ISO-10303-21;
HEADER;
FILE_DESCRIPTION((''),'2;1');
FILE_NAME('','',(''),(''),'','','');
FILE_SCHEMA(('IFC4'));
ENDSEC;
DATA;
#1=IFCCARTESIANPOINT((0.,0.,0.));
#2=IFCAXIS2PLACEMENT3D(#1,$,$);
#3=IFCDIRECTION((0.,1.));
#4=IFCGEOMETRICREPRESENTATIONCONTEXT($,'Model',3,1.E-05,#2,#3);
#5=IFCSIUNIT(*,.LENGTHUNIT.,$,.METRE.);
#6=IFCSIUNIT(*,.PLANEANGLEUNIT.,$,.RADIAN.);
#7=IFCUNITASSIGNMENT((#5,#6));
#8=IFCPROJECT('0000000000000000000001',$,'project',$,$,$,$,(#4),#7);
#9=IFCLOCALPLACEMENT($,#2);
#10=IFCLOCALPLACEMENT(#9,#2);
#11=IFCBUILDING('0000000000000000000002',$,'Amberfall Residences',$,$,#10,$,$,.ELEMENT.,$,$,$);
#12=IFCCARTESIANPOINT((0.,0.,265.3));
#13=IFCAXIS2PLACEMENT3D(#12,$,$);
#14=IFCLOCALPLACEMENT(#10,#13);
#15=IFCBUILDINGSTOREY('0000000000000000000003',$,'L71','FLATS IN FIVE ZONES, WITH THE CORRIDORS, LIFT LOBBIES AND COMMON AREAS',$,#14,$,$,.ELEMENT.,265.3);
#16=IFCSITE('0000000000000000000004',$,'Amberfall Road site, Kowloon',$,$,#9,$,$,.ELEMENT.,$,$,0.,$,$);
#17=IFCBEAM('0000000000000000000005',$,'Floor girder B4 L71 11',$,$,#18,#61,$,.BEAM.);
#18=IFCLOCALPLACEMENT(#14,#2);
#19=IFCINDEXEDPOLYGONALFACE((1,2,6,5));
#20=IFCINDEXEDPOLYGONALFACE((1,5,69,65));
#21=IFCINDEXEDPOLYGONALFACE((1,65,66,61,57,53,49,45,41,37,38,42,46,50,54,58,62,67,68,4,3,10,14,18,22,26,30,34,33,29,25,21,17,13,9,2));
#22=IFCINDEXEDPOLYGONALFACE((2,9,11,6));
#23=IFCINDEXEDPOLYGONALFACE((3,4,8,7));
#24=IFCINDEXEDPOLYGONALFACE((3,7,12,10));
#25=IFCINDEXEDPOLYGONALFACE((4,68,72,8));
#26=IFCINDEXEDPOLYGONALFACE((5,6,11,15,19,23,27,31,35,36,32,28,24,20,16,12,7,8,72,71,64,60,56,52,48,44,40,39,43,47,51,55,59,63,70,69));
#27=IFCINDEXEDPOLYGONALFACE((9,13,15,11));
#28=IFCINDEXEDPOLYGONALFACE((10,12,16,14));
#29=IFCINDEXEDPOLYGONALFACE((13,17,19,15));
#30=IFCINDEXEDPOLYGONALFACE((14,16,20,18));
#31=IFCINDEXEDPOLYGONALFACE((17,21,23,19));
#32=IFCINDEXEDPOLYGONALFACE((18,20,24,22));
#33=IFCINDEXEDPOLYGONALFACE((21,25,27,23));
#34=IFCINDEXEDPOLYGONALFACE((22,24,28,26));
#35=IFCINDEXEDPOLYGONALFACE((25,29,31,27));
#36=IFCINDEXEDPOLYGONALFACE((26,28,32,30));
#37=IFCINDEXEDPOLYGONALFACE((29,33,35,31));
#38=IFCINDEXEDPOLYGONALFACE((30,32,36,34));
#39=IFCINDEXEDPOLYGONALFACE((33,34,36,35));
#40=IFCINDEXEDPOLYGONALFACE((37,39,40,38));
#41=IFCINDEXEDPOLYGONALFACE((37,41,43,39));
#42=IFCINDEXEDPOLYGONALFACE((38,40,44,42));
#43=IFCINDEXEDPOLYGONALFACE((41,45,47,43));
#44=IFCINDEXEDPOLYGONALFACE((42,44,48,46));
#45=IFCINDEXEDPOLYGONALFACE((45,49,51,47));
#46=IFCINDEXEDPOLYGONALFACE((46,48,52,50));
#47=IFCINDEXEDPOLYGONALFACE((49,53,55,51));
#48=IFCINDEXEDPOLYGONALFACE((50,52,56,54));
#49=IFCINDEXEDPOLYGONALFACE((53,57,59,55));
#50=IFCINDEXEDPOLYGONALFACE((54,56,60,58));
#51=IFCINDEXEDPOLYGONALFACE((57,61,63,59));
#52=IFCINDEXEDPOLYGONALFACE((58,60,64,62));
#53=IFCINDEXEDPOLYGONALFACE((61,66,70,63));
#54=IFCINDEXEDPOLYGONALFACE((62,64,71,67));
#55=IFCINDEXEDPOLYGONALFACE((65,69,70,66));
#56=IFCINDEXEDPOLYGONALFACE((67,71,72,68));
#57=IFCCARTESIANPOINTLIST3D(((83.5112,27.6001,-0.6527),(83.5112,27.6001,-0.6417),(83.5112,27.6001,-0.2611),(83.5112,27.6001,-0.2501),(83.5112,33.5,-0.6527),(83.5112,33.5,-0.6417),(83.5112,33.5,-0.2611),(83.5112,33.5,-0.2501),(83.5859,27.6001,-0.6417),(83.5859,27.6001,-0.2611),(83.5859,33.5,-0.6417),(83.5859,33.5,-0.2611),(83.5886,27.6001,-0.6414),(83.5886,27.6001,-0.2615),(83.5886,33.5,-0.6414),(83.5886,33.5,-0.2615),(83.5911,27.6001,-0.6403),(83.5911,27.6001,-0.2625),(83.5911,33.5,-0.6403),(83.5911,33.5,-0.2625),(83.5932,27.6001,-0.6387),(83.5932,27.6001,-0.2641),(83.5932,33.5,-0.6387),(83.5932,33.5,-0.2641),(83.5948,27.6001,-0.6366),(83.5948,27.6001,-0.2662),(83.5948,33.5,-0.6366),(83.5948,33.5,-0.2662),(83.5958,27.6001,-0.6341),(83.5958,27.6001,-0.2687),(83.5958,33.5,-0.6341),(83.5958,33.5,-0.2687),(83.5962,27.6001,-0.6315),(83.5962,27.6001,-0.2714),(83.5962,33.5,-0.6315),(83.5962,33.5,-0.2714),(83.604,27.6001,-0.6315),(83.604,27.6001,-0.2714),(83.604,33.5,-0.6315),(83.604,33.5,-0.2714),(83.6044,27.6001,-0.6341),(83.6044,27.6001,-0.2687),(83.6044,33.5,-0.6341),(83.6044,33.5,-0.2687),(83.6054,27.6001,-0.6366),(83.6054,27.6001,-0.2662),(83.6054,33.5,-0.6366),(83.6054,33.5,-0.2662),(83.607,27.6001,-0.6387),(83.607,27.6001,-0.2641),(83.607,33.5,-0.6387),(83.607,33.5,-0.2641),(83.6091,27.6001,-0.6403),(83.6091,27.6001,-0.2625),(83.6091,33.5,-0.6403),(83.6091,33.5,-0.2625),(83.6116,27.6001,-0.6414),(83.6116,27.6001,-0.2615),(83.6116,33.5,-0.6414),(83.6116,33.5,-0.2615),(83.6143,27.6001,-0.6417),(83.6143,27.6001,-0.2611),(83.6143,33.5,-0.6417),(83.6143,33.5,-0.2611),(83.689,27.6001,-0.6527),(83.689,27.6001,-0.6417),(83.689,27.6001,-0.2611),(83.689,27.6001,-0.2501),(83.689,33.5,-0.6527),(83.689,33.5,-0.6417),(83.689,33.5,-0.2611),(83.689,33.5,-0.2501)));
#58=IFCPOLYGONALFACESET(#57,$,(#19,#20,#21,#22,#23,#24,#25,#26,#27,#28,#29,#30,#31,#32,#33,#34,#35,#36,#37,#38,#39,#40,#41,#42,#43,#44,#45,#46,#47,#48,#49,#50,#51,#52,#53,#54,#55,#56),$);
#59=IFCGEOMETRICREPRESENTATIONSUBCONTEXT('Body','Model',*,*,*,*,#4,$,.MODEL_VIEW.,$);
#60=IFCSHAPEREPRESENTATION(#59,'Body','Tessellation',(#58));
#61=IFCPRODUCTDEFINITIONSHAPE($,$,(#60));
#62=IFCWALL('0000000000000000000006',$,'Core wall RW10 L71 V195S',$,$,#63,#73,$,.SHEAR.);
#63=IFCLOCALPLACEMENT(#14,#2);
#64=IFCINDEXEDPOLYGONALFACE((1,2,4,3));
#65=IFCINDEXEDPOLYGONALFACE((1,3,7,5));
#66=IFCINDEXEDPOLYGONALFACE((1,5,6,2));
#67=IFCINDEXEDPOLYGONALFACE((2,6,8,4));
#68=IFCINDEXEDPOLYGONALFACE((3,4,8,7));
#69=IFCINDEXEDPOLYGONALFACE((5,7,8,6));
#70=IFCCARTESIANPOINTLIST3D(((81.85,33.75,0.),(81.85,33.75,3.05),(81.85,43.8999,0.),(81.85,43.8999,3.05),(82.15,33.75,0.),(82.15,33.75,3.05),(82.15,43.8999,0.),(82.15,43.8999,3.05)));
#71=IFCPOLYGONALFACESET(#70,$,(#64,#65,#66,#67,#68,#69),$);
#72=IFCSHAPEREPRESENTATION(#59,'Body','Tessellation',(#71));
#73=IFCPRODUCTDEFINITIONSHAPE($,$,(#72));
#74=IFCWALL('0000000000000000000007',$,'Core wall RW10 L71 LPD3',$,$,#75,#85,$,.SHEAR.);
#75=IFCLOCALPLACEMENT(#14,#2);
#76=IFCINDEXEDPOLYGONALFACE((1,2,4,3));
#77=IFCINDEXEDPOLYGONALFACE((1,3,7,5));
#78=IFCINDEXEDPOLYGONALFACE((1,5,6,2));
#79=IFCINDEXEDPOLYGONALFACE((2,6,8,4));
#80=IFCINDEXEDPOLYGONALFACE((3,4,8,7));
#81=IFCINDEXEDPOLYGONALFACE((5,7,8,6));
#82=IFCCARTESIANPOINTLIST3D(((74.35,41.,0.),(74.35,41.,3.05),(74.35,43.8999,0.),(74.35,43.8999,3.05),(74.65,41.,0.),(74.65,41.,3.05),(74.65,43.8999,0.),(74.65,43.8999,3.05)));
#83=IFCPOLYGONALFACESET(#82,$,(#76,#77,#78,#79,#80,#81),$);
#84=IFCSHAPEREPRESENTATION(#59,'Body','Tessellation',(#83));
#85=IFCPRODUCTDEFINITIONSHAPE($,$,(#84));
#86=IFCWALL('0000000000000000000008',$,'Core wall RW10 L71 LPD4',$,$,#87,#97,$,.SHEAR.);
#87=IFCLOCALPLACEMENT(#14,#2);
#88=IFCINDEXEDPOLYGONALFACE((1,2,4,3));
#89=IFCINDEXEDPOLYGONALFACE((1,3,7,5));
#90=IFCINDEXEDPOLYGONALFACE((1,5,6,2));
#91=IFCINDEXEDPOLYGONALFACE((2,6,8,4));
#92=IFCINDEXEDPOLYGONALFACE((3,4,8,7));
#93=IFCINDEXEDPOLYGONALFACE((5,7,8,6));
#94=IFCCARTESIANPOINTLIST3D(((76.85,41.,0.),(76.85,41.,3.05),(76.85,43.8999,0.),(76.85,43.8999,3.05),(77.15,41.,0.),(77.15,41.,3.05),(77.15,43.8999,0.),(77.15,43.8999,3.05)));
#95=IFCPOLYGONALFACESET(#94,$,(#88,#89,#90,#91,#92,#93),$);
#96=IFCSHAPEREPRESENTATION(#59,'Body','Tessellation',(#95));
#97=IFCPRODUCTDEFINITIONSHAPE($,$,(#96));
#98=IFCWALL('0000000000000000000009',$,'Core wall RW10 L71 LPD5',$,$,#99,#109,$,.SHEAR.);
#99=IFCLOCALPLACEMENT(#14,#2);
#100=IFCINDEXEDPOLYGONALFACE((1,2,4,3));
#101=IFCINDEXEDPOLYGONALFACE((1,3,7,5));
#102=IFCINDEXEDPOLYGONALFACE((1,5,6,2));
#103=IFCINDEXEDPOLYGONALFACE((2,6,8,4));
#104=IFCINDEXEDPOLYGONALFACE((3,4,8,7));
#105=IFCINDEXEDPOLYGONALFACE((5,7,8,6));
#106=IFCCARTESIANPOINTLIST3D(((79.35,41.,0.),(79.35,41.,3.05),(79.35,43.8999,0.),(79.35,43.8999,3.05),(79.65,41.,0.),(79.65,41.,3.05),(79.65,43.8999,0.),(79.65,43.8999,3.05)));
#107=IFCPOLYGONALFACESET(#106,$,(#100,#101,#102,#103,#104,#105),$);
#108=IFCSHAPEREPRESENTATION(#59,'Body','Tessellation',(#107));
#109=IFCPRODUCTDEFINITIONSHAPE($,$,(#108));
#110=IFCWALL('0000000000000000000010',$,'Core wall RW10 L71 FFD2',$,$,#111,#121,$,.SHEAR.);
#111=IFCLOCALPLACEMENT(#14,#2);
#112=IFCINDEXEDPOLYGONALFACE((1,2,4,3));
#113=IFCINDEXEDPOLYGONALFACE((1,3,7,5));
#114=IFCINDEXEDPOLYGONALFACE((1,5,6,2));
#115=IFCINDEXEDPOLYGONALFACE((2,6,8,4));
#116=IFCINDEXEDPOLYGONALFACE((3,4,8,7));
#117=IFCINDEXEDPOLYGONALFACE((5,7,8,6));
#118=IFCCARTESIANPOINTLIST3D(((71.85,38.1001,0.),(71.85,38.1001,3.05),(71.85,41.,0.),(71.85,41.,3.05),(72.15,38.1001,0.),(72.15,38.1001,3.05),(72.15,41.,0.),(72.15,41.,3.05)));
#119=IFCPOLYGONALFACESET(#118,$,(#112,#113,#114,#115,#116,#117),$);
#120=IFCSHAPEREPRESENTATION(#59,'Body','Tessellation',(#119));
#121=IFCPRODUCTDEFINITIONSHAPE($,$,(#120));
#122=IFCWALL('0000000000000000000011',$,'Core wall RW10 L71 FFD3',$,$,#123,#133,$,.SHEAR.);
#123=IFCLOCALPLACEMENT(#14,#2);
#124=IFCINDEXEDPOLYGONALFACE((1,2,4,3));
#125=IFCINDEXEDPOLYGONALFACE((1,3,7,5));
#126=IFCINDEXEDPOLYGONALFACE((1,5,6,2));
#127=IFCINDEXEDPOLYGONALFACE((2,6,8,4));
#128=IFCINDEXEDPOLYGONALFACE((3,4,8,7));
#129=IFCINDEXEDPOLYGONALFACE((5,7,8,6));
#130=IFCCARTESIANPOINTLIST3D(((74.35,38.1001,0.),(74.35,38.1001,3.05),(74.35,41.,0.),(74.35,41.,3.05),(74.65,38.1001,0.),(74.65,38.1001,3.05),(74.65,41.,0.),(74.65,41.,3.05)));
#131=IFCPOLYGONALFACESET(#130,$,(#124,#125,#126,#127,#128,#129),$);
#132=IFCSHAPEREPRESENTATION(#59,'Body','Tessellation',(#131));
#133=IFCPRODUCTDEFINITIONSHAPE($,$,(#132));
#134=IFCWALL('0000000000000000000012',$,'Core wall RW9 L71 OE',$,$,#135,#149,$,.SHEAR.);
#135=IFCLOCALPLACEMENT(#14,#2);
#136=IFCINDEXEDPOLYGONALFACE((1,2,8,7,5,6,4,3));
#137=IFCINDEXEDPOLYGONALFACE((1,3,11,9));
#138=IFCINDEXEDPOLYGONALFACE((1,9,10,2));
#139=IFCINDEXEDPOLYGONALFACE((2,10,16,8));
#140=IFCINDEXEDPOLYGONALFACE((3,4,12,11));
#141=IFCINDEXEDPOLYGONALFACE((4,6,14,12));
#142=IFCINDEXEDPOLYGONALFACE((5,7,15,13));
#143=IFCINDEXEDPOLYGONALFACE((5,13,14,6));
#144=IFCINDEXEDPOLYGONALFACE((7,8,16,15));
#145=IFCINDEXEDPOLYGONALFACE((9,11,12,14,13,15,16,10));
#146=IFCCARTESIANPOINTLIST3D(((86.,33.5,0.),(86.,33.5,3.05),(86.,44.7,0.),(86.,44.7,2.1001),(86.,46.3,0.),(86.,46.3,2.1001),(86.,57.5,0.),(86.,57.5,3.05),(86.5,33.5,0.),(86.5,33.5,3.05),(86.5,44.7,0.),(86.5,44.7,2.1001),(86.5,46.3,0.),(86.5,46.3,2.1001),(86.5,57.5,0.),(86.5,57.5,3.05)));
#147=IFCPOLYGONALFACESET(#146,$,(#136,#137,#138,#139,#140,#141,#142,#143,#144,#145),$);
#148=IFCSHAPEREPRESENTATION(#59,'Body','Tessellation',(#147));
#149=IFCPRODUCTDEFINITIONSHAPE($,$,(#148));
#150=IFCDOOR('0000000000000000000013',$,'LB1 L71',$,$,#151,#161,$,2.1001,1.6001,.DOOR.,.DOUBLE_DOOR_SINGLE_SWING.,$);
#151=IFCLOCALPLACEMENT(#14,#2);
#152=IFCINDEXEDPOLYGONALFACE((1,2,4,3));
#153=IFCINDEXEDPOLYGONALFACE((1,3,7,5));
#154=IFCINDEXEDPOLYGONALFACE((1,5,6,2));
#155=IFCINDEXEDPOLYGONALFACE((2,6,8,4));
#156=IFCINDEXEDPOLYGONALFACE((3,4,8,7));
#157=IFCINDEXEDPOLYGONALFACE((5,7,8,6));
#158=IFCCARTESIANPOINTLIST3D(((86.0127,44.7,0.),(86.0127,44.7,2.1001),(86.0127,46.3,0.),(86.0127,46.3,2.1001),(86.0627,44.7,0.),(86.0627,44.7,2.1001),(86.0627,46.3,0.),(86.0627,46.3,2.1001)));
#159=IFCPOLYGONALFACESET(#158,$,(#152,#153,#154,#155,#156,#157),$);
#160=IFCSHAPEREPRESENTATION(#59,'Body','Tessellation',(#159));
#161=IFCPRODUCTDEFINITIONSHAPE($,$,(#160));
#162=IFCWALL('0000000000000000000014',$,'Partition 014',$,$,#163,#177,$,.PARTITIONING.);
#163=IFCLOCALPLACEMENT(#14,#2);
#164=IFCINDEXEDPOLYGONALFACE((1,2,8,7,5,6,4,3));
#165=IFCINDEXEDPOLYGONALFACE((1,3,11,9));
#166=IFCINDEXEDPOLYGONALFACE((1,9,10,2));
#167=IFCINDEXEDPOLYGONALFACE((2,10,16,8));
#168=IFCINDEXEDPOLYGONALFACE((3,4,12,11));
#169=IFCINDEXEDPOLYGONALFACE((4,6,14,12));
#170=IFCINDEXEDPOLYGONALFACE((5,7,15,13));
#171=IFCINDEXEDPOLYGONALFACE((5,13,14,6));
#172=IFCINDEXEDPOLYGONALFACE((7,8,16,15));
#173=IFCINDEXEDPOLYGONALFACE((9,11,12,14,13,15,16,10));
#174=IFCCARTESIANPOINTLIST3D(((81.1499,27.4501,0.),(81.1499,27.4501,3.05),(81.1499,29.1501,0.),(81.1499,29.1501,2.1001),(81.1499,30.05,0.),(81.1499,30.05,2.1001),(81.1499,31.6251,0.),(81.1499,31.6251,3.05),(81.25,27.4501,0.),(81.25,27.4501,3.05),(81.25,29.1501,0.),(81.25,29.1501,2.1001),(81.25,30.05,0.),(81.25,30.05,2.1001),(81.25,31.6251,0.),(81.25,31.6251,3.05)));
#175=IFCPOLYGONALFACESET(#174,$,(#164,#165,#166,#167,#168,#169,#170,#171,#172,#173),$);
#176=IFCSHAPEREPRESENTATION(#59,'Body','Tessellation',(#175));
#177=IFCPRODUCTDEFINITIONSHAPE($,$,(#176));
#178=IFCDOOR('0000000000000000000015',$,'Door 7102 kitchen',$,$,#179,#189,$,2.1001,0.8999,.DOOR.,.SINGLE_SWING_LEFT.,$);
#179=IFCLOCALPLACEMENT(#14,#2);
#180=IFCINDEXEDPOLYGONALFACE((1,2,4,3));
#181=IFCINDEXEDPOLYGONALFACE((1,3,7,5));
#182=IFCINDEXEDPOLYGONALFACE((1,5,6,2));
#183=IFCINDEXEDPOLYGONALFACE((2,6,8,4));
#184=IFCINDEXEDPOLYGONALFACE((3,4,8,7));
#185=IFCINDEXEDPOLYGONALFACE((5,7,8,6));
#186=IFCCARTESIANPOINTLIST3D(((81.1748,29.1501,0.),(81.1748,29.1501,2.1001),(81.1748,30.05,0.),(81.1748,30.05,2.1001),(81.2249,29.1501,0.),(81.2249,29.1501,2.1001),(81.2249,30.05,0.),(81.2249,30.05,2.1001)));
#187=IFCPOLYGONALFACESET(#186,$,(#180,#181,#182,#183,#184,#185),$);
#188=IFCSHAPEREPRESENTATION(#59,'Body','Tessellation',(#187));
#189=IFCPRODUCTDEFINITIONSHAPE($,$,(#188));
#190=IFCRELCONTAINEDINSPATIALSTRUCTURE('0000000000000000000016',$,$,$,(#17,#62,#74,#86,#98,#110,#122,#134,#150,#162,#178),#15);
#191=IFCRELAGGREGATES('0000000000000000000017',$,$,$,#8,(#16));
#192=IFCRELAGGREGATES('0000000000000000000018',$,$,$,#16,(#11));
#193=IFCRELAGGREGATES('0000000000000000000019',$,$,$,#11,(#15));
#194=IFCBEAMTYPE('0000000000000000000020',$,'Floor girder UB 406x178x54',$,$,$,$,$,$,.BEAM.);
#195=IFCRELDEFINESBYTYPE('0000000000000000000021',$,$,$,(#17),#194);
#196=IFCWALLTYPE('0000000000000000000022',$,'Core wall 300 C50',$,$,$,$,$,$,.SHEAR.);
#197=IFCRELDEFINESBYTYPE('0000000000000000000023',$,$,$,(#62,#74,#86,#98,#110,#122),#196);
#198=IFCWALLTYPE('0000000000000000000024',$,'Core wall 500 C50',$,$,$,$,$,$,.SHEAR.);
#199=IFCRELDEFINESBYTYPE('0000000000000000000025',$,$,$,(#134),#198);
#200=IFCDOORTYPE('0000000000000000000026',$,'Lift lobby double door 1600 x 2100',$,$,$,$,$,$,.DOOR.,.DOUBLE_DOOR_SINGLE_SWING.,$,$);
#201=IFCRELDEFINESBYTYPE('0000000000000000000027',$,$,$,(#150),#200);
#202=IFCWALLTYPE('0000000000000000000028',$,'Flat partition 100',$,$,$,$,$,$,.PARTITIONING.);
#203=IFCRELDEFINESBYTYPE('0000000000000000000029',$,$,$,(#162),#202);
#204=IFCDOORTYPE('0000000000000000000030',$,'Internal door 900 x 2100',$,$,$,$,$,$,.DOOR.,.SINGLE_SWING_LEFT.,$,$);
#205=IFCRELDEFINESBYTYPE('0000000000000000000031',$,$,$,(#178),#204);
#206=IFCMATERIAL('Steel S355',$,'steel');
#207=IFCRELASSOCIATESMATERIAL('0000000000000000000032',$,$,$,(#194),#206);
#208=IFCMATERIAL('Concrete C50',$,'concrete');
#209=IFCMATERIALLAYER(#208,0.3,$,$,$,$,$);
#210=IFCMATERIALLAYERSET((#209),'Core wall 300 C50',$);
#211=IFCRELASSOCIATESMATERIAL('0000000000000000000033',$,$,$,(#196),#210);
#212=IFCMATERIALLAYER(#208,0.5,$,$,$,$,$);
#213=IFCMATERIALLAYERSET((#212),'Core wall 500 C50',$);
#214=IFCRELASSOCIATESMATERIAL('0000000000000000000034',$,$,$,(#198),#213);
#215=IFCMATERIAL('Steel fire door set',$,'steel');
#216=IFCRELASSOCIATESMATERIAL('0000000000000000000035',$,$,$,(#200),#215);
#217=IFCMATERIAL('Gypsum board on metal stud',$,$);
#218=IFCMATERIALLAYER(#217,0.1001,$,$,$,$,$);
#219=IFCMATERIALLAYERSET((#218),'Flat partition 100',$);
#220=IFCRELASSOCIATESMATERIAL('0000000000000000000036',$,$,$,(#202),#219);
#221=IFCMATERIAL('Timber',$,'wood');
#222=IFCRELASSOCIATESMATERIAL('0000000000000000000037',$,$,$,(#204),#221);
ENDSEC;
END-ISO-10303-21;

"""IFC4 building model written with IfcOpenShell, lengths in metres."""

from ifc_helpers import new_model, si_unit, direction, frame, frame_2d, origin, origin_2d, place, context, subcontext, project, spatial, rectangle, i_section, extrude, material, layer, layer_set, material_profile, profile_set, type_object, element, fill, save


model = new_model("IFC4")

# Units and contexts
model_context = context("Model", 3, precision=1e-05, world=origin(), true_north=direction((0.0, 1.0)))
body_context = subcontext(model_context, "Body", "Model", "MODEL_VIEW")
ifc_project = project(units=[si_unit("LENGTHUNIT", "METRE"), si_unit("PLANEANGLEUNIT", "RADIAN")], contexts=[model_context])

# Site, building, storey
site_placement = place(None, origin())
site = spatial("IfcSite", under=ifc_project, at=site_placement, Name="Amberfall Road site, Kowloon", CompositionType="ELEMENT", RefElevation=0.0)
building_placement = place(site_placement, origin())
building = spatial("IfcBuilding", under=site, at=building_placement, Name="Amberfall Residences", CompositionType="ELEMENT")
storey_placement = place(building_placement, frame((0.0, 0.0, 265.3)))
storey = spatial("IfcBuildingStorey", under=building, at=storey_placement, Name="L71", Description="FLATS IN FIVE ZONES, WITH THE CORRIDORS, LIFT LOBBIES AND COMMON AREAS", CompositionType="ELEMENT", Elevation=265.3)

# Beam
ifc_material_1 = material(Name="Steel S355", Category="steel")
ifc_material_profile = material_profile(ifc_material_1, i_section(OverallWidth=0.1777, OverallDepth=0.4026, WebThickness=0.0078, FlangeThickness=0.011, FilletRadius=0.0103, at=origin_2d()), Name="UB 406x178x54")
ifc_profile_set = profile_set([ifc_material_profile], Name="Steel S355")
beam_type = type_object("IfcBeamType", Name="Floor girder UB 406x178x54", PredefinedType="BEAM", material=ifc_profile_set)
beam_placement = place(storey_placement, frame((83.6001, 27.6001, -0.4514), z_axis=(0.0, 1.0, 0.0), x_axis=(-1.0, 0.0, 0.0)))
element("IfcBeam", 1, at=beam_placement, inside=storey, type_object=beam_type, Name="Floor girder B4 L71 11", PredefinedType="BEAM", context=body_context, shape_type="SweptSolid", body=[
    extrude(i_section(OverallWidth=0.1777, OverallDepth=0.4026, WebThickness=0.0078, FlangeThickness=0.011, FilletRadius=0.0103, at=origin_2d()), origin(), (0.0, 0.0, 1.0), 5.8999),
])

# Walls
ifc_material_2 = material(Name="Concrete C50", Category="concrete")
ifc_layer_1 = layer(ifc_material_2, 0.3)
ifc_layer_set_1 = layer_set([ifc_layer_1], Name="Core wall 300 C50")
wall_type_1 = type_object("IfcWallType", Name="Core wall 300 C50", PredefinedType="SHEAR", material=ifc_layer_set_1)
wall_1_placement = place(storey_placement, frame((82.0, 33.75, 0.0), z_axis=(0.0, 0.0, 1.0), x_axis=(0.0, 1.0, 0.0)))
element("IfcWall", 2, at=wall_1_placement, inside=storey, type_object=wall_type_1, Name="Core wall RW10 L71 V195S", PredefinedType="SHEAR", context=body_context, shape_type="SweptSolid", body=[
    extrude(rectangle(XDim=10.1499, YDim=0.3, at=frame_2d((5.075, 0.0))), origin(), (0.0, 0.0, 1.0), 3.05),
])
for number, where, z_axis, x_axis, name in (
    (3, (74.5, 41.0, 0.0), (0.0, 0.0, 1.0), (0.0, 1.0, 0.0), "Core wall RW10 L71 LPD3"),
    (4, (77.0, 41.0, 0.0), (0.0, 0.0, 1.0), (0.0, 1.0, 0.0), "Core wall RW10 L71 LPD4"),
    (5, (79.5, 41.0, 0.0), (0.0, 0.0, 1.0), (0.0, 1.0, 0.0), "Core wall RW10 L71 LPD5"),
    (6, (72.0, 38.1001, 0.0), (0.0, 0.0, 1.0), (0.0, 1.0, 0.0), "Core wall RW10 L71 FFD2"),
    (7, (74.5, 38.1001, 0.0), (0.0, 0.0, 1.0), (0.0, 1.0, 0.0), "Core wall RW10 L71 FFD3"),
):
    element("IfcWall", number, at=place(storey_placement, frame(where, z_axis=z_axis, x_axis=x_axis)), inside=storey, type_object=wall_type_1, Name=name, PredefinedType="SHEAR", context=body_context, shape_type="SweptSolid", body=[
        extrude(rectangle(XDim=2.8999, YDim=0.3, at=frame_2d((1.45, 0.0))), origin(), (0.0, 0.0, 1.0), 3.05),
    ])

# Walls, openings, doors
ifc_layer_2 = layer(ifc_material_2, 0.5)
ifc_layer_set_2 = layer_set([ifc_layer_2], Name="Core wall 500 C50")
wall_type_2 = type_object("IfcWallType", Name="Core wall 500 C50", PredefinedType="SHEAR", material=ifc_layer_set_2)
wall_2_placement = place(storey_placement, frame((86.25, 33.5, 0.0), z_axis=(0.0, 0.0, 1.0), x_axis=(0.0, 1.0, 0.0)))
wall_2 = element("IfcWall", 8, at=wall_2_placement, inside=storey, type_object=wall_type_2, Name="Core wall RW9 L71 OE", PredefinedType="SHEAR", context=body_context, shape_type="SweptSolid", body=[
    extrude(rectangle(XDim=24.0, YDim=0.5, at=frame_2d((12.0, 0.0))), origin(), (0.0, 0.0, 1.0), 3.05),
])
opening_1_placement = place(wall_2_placement, frame((11.2, 0.0, 0.0)))
opening_1 = element("IfcOpeningElement", 9, at=opening_1_placement, cuts=wall_2, PredefinedType="OPENING", context=body_context, shape_type="SweptSolid", body=[
    extrude(rectangle(XDim=1.6001, YDim=2.1001, at=frame_2d((0.8, 1.05))), frame((0.0, 0.26, 0.0), z_axis=(0.0, -1.0, 0.0), x_axis=(1.0, 0.0, 0.0)), (0.0, 0.0, 1.0), 0.52),
])
ifc_material_3 = material(Name="Steel fire door set", Category="steel")
door_type_1 = type_object("IfcDoorType", Name="Lift lobby double door 1600 x 2100", OperationType="DOUBLE_DOOR_SINGLE_SWING", PredefinedType="DOOR", material=ifc_material_3)
door_1_placement = place(opening_1_placement, origin())
door_1 = element("IfcDoor", 10, at=door_1_placement, inside=storey, type_object=door_type_1, Name="LB1 L71", OperationType="DOUBLE_DOOR_SINGLE_SWING", OverallHeight=2.1001, OverallWidth=1.6001, PredefinedType="DOOR", context=body_context, shape_type="SweptSolid", body=[
    extrude(rectangle(XDim=1.6001, YDim=2.1001, at=frame_2d((0.8, 1.05))), frame((0.0, 0.2373, 0.0), z_axis=(0.0, -1.0, 0.0), x_axis=(1.0, 0.0, 0.0)), (0.0, 0.0, 1.0), 0.05),
])
fill(opening_1, door_1)
ifc_material_4 = material(Name="Gypsum board on metal stud")
ifc_layer_3 = layer(ifc_material_4, 0.1001)
ifc_layer_set_3 = layer_set([ifc_layer_3], Name="Flat partition 100")
wall_type_3 = type_object("IfcWallType", Name="Flat partition 100", PredefinedType="PARTITIONING", material=ifc_layer_set_3)
wall_3_placement = place(storey_placement, frame((81.2, 31.625, 0.0), z_axis=(0.0, 0.0, 1.0), x_axis=(0.0, -1.0, 0.0)))
wall_3 = element("IfcWall", 11, at=wall_3_placement, inside=storey, type_object=wall_type_3, Name="Partition 014", PredefinedType="PARTITIONING", context=body_context, shape_type="SweptSolid", body=[
    extrude(rectangle(XDim=4.175, YDim=0.1001, at=frame_2d((2.0874, 0.0))), origin(), (0.0, 0.0, 1.0), 3.05),
])
opening_2_placement = place(wall_3_placement, frame((1.575, 0.0, 0.0)))
opening_2 = element("IfcOpeningElement", 12, at=opening_2_placement, cuts=wall_3, PredefinedType="OPENING", context=body_context, shape_type="SweptSolid", body=[
    extrude(rectangle(XDim=0.8999, YDim=2.1001, at=frame_2d((0.45, 1.05))), frame((0.0, 0.0601, 0.0), z_axis=(0.0, -1.0, 0.0), x_axis=(1.0, 0.0, 0.0)), (0.0, 0.0, 1.0), 0.1201),
])
ifc_material_5 = material(Name="Timber", Category="wood")
door_type_2 = type_object("IfcDoorType", Name="Internal door 900 x 2100", OperationType="SINGLE_SWING_LEFT", PredefinedType="DOOR", material=ifc_material_5)
door_2_placement = place(opening_2_placement, origin())
door_2 = element("IfcDoor", 13, at=door_2_placement, inside=storey, type_object=door_type_2, Name="Door 7102 kitchen", OperationType="SINGLE_SWING_LEFT", OverallHeight=2.1001, OverallWidth=0.8999, PredefinedType="DOOR", context=body_context, shape_type="SweptSolid", body=[
    extrude(rectangle(XDim=0.8999, YDim=2.1001, at=frame_2d((0.45, 1.05))), frame((0.0, 0.0249, 0.0), z_axis=(0.0, -1.0, 0.0), x_axis=(1.0, 0.0, 0.0)), (0.0, 0.0, 1.0), 0.05),
])
fill(opening_2, door_2)

save(model, "model.ifc")
